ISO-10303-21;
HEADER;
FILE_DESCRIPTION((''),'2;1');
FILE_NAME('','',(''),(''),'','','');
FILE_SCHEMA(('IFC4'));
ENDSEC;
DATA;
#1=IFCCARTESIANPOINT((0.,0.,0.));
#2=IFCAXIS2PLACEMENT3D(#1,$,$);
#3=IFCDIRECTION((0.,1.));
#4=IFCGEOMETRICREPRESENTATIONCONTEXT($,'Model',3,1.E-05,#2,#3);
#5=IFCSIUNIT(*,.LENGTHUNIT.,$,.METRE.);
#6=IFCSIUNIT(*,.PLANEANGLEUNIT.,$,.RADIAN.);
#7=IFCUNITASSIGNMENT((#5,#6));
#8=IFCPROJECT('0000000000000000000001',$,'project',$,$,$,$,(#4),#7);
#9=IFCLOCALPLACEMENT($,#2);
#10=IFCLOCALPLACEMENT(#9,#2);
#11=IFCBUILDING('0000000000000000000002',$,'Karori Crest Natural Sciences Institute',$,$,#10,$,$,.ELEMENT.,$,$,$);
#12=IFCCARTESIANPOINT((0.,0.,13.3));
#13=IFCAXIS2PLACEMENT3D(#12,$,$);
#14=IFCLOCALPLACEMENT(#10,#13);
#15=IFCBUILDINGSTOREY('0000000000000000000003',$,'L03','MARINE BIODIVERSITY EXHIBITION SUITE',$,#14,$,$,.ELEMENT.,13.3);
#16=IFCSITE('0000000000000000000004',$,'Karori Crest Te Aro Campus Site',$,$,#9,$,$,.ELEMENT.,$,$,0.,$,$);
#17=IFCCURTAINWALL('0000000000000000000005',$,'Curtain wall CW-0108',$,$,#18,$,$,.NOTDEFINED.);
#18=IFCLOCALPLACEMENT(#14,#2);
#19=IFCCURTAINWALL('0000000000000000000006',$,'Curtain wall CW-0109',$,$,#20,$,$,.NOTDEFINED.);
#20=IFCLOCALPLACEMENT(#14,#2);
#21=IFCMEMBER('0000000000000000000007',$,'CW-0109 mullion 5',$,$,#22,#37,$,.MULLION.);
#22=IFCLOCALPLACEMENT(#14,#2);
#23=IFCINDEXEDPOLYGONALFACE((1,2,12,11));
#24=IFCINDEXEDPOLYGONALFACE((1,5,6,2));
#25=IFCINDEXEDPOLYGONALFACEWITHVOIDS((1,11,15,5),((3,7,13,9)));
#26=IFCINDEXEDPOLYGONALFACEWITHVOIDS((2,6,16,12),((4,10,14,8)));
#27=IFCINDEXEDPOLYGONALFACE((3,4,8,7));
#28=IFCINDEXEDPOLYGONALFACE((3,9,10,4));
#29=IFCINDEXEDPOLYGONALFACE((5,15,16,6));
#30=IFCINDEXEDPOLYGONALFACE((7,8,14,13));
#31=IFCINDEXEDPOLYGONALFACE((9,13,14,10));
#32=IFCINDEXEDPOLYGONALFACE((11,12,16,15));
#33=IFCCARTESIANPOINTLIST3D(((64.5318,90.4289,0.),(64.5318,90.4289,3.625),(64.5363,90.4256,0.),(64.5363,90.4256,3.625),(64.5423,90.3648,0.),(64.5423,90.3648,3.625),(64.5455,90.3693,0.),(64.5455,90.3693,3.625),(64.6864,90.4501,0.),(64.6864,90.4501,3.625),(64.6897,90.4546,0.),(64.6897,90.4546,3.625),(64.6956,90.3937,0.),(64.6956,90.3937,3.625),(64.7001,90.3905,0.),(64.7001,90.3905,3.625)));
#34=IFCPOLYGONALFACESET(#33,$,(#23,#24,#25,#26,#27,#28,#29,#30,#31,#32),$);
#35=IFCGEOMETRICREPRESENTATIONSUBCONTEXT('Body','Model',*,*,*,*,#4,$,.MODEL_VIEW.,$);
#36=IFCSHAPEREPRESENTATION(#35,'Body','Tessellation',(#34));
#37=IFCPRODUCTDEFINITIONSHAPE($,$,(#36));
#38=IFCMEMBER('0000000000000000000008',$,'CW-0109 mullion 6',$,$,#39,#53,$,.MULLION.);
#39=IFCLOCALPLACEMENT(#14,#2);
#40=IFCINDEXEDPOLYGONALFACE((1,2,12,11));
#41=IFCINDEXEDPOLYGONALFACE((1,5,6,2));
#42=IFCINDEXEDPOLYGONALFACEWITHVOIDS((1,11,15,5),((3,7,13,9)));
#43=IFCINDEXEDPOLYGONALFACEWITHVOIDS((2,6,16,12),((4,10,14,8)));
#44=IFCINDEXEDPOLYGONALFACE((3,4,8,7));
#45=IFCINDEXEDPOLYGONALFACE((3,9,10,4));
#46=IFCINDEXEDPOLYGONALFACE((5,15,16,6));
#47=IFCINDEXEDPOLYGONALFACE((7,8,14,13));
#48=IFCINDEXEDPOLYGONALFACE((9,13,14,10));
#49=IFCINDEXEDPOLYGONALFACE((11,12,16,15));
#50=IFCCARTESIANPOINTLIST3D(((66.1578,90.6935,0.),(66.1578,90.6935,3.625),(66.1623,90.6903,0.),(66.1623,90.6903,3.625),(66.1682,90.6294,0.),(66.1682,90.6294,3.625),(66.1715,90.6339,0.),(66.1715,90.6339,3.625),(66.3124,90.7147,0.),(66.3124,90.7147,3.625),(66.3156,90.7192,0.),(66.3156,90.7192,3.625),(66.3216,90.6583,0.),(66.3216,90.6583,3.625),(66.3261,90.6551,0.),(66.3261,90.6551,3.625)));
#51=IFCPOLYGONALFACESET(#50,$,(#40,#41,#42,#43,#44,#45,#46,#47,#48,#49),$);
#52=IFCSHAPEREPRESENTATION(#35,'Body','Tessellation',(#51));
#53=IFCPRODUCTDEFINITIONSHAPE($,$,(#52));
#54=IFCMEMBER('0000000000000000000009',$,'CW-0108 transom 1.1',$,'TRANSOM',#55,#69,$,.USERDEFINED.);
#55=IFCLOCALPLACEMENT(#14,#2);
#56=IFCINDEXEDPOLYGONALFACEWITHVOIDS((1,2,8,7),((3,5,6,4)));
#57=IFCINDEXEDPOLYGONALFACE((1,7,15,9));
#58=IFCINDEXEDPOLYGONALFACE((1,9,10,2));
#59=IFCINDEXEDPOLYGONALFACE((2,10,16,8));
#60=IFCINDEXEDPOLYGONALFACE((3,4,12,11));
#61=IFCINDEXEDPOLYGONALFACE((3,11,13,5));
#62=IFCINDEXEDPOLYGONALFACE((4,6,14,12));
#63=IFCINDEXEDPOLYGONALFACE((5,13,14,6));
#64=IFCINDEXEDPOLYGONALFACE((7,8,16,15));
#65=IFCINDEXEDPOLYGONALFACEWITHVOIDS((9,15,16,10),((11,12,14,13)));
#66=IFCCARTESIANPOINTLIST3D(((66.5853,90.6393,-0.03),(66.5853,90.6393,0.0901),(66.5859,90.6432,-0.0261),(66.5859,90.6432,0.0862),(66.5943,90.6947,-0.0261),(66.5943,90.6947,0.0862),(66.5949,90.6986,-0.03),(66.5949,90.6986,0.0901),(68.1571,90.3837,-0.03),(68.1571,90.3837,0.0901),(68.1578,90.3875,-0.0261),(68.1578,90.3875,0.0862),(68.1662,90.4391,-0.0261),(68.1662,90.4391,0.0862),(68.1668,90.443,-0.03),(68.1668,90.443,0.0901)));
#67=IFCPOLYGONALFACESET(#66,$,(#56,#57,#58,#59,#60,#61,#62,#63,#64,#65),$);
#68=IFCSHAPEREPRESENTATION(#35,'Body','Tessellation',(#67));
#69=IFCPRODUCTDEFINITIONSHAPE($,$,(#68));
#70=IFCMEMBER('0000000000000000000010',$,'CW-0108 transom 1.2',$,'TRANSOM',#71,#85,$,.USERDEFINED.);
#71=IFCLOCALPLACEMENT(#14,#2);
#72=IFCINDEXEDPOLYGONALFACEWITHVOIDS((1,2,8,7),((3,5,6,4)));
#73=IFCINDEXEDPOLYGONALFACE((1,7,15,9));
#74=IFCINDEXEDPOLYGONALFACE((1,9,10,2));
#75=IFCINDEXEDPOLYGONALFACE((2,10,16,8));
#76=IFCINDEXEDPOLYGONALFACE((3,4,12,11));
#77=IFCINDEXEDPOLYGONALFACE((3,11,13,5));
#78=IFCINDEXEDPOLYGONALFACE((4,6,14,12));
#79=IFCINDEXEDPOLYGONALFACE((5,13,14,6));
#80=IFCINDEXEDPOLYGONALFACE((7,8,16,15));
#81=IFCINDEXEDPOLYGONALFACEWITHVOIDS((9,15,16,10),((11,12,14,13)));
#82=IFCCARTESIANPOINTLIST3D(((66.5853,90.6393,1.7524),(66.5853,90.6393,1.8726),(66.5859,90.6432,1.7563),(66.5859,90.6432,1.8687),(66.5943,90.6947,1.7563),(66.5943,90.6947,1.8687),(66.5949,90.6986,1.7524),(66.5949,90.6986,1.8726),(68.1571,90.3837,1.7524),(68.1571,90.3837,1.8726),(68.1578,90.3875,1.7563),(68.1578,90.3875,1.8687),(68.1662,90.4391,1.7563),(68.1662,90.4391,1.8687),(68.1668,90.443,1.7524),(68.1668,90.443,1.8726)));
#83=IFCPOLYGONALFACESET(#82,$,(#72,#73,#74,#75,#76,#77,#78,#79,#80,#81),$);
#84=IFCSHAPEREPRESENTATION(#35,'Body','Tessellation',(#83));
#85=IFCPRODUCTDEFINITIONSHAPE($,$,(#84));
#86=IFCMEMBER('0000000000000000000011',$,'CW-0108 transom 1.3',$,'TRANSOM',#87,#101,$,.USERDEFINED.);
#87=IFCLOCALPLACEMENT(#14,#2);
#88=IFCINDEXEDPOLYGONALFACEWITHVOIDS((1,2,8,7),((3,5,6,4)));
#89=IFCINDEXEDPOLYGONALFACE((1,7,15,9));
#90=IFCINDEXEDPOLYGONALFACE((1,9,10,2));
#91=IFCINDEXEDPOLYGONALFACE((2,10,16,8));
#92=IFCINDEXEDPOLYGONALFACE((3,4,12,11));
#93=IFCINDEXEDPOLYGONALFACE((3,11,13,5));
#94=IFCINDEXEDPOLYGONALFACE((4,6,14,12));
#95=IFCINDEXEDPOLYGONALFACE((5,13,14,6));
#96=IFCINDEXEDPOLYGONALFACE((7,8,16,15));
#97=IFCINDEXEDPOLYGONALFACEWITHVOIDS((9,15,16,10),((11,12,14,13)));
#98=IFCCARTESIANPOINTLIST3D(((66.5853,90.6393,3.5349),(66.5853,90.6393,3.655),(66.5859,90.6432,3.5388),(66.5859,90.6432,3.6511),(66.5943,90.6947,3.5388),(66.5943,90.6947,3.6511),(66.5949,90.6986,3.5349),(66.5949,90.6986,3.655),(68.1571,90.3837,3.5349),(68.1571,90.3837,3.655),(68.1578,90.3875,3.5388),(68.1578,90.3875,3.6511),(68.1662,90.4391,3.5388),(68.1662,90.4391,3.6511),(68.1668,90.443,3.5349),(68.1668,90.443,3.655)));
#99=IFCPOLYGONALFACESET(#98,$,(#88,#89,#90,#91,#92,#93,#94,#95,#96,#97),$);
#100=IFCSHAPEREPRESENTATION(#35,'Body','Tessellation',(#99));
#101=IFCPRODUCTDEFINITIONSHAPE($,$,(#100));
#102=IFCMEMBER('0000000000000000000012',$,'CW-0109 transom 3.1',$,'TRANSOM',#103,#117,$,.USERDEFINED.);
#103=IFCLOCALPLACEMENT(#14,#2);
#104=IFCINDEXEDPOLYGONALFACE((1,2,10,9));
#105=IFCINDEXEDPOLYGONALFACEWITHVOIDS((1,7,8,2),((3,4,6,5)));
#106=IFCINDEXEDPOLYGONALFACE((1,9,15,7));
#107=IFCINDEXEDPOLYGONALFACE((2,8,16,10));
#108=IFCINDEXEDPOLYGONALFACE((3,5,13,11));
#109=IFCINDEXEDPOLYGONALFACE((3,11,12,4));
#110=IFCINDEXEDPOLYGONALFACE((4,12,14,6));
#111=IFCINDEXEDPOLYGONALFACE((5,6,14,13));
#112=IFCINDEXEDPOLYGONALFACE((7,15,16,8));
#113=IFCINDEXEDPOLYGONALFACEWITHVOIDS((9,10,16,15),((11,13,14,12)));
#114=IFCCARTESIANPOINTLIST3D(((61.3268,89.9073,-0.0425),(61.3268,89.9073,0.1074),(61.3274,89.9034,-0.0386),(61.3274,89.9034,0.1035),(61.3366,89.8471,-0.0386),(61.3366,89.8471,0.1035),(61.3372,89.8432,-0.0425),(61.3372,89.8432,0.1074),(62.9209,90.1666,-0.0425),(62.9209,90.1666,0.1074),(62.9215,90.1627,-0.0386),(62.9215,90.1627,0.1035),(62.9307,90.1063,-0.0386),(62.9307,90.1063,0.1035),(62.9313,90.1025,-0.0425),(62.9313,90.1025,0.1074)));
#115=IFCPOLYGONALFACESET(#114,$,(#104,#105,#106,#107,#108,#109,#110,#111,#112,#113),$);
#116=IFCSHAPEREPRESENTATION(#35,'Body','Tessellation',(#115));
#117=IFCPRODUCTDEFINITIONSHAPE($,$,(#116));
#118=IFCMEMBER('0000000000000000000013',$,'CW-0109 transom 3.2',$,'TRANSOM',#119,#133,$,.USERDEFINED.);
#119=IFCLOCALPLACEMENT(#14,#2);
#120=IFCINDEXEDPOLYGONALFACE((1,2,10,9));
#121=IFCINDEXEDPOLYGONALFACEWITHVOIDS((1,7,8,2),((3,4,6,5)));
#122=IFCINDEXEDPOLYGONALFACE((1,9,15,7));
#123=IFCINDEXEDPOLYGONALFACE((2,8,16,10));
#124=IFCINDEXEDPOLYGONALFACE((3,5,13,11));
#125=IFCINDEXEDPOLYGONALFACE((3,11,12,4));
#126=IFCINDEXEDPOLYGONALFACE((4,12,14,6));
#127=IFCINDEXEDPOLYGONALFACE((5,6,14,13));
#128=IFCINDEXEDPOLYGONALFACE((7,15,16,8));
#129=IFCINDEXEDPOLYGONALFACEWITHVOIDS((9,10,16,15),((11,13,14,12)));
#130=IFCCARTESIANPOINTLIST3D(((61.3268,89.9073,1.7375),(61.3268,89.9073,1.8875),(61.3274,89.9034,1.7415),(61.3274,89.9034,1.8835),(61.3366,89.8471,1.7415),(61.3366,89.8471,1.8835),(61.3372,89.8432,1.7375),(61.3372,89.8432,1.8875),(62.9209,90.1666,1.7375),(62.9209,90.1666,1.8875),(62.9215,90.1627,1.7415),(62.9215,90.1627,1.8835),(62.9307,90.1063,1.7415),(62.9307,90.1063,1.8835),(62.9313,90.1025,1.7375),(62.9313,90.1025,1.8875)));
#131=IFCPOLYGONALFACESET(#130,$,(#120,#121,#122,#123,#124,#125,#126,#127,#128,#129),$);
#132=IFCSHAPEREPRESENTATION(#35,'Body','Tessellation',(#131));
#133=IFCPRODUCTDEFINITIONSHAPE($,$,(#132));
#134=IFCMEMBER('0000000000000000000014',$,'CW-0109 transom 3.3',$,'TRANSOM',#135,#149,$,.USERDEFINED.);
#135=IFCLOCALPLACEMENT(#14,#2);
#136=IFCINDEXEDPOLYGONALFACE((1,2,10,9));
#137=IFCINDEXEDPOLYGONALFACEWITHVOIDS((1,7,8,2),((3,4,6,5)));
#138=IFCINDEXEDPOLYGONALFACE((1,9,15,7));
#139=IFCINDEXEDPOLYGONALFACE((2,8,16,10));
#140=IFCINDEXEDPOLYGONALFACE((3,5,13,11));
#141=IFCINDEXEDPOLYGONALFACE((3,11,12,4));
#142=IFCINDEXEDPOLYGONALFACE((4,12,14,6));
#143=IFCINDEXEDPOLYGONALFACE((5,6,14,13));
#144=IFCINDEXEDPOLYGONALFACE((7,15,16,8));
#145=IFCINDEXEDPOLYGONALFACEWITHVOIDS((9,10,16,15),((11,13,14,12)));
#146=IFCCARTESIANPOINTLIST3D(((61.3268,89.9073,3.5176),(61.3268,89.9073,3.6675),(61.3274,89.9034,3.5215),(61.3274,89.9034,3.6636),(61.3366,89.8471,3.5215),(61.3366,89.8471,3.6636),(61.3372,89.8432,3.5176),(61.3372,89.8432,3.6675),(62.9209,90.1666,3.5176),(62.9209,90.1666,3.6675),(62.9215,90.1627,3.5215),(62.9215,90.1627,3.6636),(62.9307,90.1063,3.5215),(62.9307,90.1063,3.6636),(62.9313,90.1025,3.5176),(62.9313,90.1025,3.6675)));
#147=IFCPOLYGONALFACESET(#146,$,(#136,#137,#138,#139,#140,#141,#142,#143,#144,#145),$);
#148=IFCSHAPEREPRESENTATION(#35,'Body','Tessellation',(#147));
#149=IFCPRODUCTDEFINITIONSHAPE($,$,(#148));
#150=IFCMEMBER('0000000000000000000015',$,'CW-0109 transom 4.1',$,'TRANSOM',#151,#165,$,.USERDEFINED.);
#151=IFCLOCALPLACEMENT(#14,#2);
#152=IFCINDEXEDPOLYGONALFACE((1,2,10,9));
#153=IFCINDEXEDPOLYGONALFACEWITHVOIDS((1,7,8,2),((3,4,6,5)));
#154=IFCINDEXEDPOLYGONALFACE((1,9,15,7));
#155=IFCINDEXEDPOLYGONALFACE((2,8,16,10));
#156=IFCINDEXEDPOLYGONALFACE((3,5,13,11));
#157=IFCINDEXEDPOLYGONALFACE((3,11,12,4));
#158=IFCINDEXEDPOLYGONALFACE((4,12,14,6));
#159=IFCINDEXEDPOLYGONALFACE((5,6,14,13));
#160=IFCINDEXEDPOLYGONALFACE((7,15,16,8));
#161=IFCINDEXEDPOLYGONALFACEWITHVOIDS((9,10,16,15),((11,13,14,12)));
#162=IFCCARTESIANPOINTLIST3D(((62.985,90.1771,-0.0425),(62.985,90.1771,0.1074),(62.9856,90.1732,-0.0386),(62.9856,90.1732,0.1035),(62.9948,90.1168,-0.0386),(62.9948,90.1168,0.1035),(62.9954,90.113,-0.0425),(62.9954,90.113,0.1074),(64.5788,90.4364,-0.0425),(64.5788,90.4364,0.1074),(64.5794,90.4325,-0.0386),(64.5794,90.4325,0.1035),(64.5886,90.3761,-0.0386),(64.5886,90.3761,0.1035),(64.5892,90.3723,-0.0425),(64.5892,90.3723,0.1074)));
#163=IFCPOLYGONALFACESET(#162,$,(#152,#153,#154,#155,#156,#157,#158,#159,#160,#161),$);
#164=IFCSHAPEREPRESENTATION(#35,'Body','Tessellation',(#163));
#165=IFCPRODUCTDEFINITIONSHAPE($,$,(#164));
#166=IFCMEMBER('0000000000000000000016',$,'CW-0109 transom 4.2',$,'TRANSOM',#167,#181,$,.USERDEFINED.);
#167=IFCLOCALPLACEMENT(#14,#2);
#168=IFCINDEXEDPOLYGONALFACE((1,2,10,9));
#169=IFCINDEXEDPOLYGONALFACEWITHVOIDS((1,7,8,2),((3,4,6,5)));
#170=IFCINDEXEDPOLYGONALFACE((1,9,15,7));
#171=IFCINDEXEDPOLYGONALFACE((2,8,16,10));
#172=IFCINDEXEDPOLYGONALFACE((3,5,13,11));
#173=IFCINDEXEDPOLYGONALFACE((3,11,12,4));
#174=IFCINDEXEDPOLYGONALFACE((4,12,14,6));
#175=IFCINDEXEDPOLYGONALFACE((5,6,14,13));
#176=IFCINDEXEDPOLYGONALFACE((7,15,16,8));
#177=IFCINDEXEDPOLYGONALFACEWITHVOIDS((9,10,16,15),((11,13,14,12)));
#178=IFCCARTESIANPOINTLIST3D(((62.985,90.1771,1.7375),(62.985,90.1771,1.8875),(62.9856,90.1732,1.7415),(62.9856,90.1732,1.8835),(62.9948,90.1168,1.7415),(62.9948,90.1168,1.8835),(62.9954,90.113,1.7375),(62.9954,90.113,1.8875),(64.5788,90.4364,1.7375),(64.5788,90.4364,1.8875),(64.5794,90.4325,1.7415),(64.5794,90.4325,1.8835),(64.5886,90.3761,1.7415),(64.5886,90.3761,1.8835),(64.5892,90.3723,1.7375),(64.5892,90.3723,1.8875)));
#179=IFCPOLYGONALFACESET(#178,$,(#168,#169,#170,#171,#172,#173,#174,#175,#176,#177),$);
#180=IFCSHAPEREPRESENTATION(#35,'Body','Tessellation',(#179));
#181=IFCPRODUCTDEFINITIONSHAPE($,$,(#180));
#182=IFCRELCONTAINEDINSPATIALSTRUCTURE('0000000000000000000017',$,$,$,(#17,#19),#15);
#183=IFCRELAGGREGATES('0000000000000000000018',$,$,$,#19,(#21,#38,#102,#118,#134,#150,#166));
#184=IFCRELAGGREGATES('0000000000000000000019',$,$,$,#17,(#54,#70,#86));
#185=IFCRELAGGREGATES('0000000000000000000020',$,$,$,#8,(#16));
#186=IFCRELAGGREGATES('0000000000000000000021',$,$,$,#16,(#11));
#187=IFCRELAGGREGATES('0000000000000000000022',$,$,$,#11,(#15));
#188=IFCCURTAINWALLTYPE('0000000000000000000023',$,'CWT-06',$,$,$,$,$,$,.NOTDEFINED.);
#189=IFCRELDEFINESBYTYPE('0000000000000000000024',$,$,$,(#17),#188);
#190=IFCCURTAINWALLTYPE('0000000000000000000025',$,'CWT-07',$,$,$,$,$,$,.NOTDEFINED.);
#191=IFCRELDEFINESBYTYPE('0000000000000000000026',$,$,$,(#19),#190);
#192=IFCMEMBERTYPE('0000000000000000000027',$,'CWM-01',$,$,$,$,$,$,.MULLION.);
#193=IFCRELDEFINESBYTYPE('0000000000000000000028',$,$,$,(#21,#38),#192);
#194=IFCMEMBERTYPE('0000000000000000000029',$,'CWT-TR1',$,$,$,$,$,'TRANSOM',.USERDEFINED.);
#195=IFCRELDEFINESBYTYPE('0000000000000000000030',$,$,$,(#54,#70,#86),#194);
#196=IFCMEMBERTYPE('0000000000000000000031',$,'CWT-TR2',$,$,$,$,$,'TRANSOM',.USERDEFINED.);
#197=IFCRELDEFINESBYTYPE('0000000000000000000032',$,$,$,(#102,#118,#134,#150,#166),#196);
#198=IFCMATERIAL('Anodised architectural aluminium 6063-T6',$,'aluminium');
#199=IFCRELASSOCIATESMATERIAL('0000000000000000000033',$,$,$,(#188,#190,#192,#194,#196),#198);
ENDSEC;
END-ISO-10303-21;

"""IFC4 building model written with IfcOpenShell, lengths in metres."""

from ifc_helpers import new_model, si_unit, direction, frame, origin, origin_2d, place, context, subcontext, project, spatial, hollow_rectangle, extrude, material, material_profile, profile_set, type_object, element, aggregate, save


model = new_model("IFC4")

# Units and contexts
model_context = context("Model", 3, precision=1e-05, world=origin(), true_north=direction((0.0, 1.0)))
body_context = subcontext(model_context, "Body", "Model", "MODEL_VIEW")
ifc_project = project(units=[si_unit("LENGTHUNIT", "METRE"), si_unit("PLANEANGLEUNIT", "RADIAN")], contexts=[model_context])

# Site, building, storey
site_placement = place(None, origin())
site = spatial("IfcSite", under=ifc_project, at=site_placement, Name="Karori Crest Te Aro Campus Site", CompositionType="ELEMENT", RefElevation=0.0)
building_placement = place(site_placement, origin())
building = spatial("IfcBuilding", under=site, at=building_placement, Name="Karori Crest Natural Sciences Institute", CompositionType="ELEMENT")
storey_placement = place(building_placement, frame((0.0, 0.0, 13.3)))
storey = spatial("IfcBuildingStorey", under=building, at=storey_placement, Name="L03", Description="MARINE BIODIVERSITY EXHIBITION SUITE", CompositionType="ELEMENT", Elevation=13.3)

# Curtain walls, members
ifc_material_1 = material(Name="Anodised architectural aluminium 6063-T6", Category="aluminium")
curtain_wall_type_1 = type_object("IfcCurtainWallType", Name="CWT-06", PredefinedType="NOTDEFINED", material=ifc_material_1)
curtain_wall_1_placement = place(storey_placement, origin())
curtain_wall_1 = element("IfcCurtainWall", 1, at=curtain_wall_1_placement, inside=storey, type_object=curtain_wall_type_1, Name="Curtain wall CW-0108", PredefinedType="NOTDEFINED")
ifc_material_profile_1 = material_profile(ifc_material_1, hollow_rectangle(XDim=0.0649, YDim=0.1599, WallThickness=0.0039, at=origin_2d()), Name="CWM160x65x4")
ifc_profile_set_1 = profile_set([ifc_material_profile_1], Name="Anodised architectural aluminium 6063-T6")
member_type_1 = type_object("IfcMemberType", Name="CWM-01", PredefinedType="MULLION", material=ifc_profile_set_1)
curtain_wall_type_2 = type_object("IfcCurtainWallType", Name="CWT-07", PredefinedType="NOTDEFINED", material=ifc_material_1)
curtain_wall_2_placement = place(storey_placement, origin())
curtain_wall_2 = element("IfcCurtainWall", 2, at=curtain_wall_2_placement, inside=storey, type_object=curtain_wall_type_2, Name="Curtain wall CW-0109", PredefinedType="NOTDEFINED")
member_1_placement = place(storey_placement, frame((64.616, 90.4097, 0.0), z_axis=(0.0, 0.0, 1.0), x_axis=(-0.16065, 0.987011, 0.0)))
member_1 = element("IfcMember", 3, at=member_1_placement, type_object=member_type_1, Name="CW-0109 mullion 5", PredefinedType="MULLION", context=body_context, shape_type="SweptSolid", body=[
    extrude(hollow_rectangle(XDim=0.0649, YDim=0.1599, WallThickness=0.0039, at=origin_2d()), origin(), (0.0, 0.0, 1.0), 3.625),
])
member_2_placement = place(storey_placement, frame((66.2419, 90.6743, 0.0), z_axis=(0.0, 0.0, 1.0), x_axis=(-0.16065, 0.987011, 0.0)))
member_2 = element("IfcMember", 4, at=member_2_placement, type_object=member_type_1, Name="CW-0109 mullion 6", PredefinedType="MULLION", context=body_context, shape_type="SweptSolid", body=[
    extrude(hollow_rectangle(XDim=0.0649, YDim=0.1599, WallThickness=0.0039, at=origin_2d()), origin(), (0.0, 0.0, 1.0), 3.625),
])

# Members
ifc_material_profile_2 = material_profile(ifc_material_1, hollow_rectangle(XDim=0.0601, YDim=0.1201, WallThickness=0.0039, at=origin_2d()), Name="CWT120x60x4")
ifc_profile_set_2 = profile_set([ifc_material_profile_2], Name="Anodised architectural aluminium 6063-T6")
member_type_2 = type_object("IfcMemberType", Name="CWT-TR1", ElementType="TRANSOM", PredefinedType="USERDEFINED", material=ifc_profile_set_2)
member_3_placement = place(storey_placement, frame((66.5901, 90.6689, 0.03), z_axis=(0.987033, -0.160519, 0.0), x_axis=(0.160519, 0.987033, 0.0)))
member_3 = element("IfcMember", 5, at=member_3_placement, type_object=member_type_2, Name="CW-0108 transom 1.1", ObjectType="TRANSOM", PredefinedType="USERDEFINED", context=body_context, shape_type="SweptSolid", body=[
    extrude(hollow_rectangle(XDim=0.0601, YDim=0.1201, WallThickness=0.0039, at=origin_2d()), origin(), (0.0, 0.0, 1.0), 1.5925),
])
member_4_placement = place(storey_placement, frame((66.5901, 90.6689, 1.8125), z_axis=(0.987033, -0.160519, 0.0), x_axis=(0.160519, 0.987033, 0.0)))
member_4 = element("IfcMember", 6, at=member_4_placement, type_object=member_type_2, Name="CW-0108 transom 1.2", ObjectType="TRANSOM", PredefinedType="USERDEFINED", context=body_context, shape_type="SweptSolid", body=[
    extrude(hollow_rectangle(XDim=0.0601, YDim=0.1201, WallThickness=0.0039, at=origin_2d()), origin(), (0.0, 0.0, 1.0), 1.5925),
])
member_5_placement = place(storey_placement, frame((66.5901, 90.6689, 3.595), z_axis=(0.987033, -0.160519, 0.0), x_axis=(0.160519, 0.987033, 0.0)))
member_5 = element("IfcMember", 7, at=member_5_placement, type_object=member_type_2, Name="CW-0108 transom 1.3", ObjectType="TRANSOM", PredefinedType="USERDEFINED", context=body_context, shape_type="SweptSolid", body=[
    extrude(hollow_rectangle(XDim=0.0601, YDim=0.1201, WallThickness=0.0039, at=origin_2d()), origin(), (0.0, 0.0, 1.0), 1.5925),
])
ifc_material_profile_3 = material_profile(ifc_material_1, hollow_rectangle(XDim=0.0649, YDim=0.1499, WallThickness=0.0039, at=origin_2d()), Name="CWT150x65x4")
ifc_profile_set_3 = profile_set([ifc_material_profile_3], Name="Anodised architectural aluminium 6063-T6")
member_type_3 = type_object("IfcMemberType", Name="CWT-TR2", ElementType="TRANSOM", PredefinedType="USERDEFINED", material=ifc_profile_set_3)
member_6_placement = place(storey_placement, frame((61.332, 89.8752, 0.0325), z_axis=(0.987028, 0.160549, 0.0), x_axis=(-0.160549, 0.987028, 0.0)))
member_6 = element("IfcMember", 8, at=member_6_placement, type_object=member_type_3, Name="CW-0109 transom 3.1", ObjectType="TRANSOM", PredefinedType="USERDEFINED", context=body_context, shape_type="SweptSolid", body=[
    extrude(hollow_rectangle(XDim=0.0649, YDim=0.1499, WallThickness=0.0039, at=origin_2d()), origin(), (0.0, 0.0, 1.0), 1.615),
])
member_7_placement = place(storey_placement, frame((61.332, 89.8752, 1.8125), z_axis=(0.987028, 0.160549, 0.0), x_axis=(-0.160549, 0.987028, 0.0)))
member_7 = element("IfcMember", 9, at=member_7_placement, type_object=member_type_3, Name="CW-0109 transom 3.2", ObjectType="TRANSOM", PredefinedType="USERDEFINED", context=body_context, shape_type="SweptSolid", body=[
    extrude(hollow_rectangle(XDim=0.0649, YDim=0.1499, WallThickness=0.0039, at=origin_2d()), origin(), (0.0, 0.0, 1.0), 1.615),
])
member_8_placement = place(storey_placement, frame((61.332, 89.8752, 3.5925), z_axis=(0.987028, 0.160549, 0.0), x_axis=(-0.160549, 0.987028, 0.0)))
member_8 = element("IfcMember", 10, at=member_8_placement, type_object=member_type_3, Name="CW-0109 transom 3.3", ObjectType="TRANSOM", PredefinedType="USERDEFINED", context=body_context, shape_type="SweptSolid", body=[
    extrude(hollow_rectangle(XDim=0.0649, YDim=0.1499, WallThickness=0.0039, at=origin_2d()), origin(), (0.0, 0.0, 1.0), 1.615),
])
member_9_placement = place(storey_placement, frame((62.9902, 90.145, 0.0325), z_axis=(0.987024, 0.160573, 0.0), x_axis=(-0.160573, 0.987024, 0.0)))
member_9 = element("IfcMember", 11, at=member_9_placement, type_object=member_type_3, Name="CW-0109 transom 4.1", ObjectType="TRANSOM", PredefinedType="USERDEFINED", context=body_context, shape_type="SweptSolid", body=[
    extrude(hollow_rectangle(XDim=0.0649, YDim=0.1499, WallThickness=0.0039, at=origin_2d()), origin(), (0.0, 0.0, 1.0), 1.6147),
])
member_10_placement = place(storey_placement, frame((62.9902, 90.145, 1.8125), z_axis=(0.987024, 0.160573, 0.0), x_axis=(-0.160573, 0.987024, 0.0)))
member_10 = element("IfcMember", 12, at=member_10_placement, type_object=member_type_3, Name="CW-0109 transom 4.2", ObjectType="TRANSOM", PredefinedType="USERDEFINED", context=body_context, shape_type="SweptSolid", body=[
    extrude(hollow_rectangle(XDim=0.0649, YDim=0.1499, WallThickness=0.0039, at=origin_2d()), origin(), (0.0, 0.0, 1.0), 1.6147),
])

aggregate(curtain_wall_2, [member_1, member_2, member_6, member_7, member_8, member_9, member_10])
aggregate(curtain_wall_1, [member_3, member_4, member_5])

save(model, "model.ifc")
